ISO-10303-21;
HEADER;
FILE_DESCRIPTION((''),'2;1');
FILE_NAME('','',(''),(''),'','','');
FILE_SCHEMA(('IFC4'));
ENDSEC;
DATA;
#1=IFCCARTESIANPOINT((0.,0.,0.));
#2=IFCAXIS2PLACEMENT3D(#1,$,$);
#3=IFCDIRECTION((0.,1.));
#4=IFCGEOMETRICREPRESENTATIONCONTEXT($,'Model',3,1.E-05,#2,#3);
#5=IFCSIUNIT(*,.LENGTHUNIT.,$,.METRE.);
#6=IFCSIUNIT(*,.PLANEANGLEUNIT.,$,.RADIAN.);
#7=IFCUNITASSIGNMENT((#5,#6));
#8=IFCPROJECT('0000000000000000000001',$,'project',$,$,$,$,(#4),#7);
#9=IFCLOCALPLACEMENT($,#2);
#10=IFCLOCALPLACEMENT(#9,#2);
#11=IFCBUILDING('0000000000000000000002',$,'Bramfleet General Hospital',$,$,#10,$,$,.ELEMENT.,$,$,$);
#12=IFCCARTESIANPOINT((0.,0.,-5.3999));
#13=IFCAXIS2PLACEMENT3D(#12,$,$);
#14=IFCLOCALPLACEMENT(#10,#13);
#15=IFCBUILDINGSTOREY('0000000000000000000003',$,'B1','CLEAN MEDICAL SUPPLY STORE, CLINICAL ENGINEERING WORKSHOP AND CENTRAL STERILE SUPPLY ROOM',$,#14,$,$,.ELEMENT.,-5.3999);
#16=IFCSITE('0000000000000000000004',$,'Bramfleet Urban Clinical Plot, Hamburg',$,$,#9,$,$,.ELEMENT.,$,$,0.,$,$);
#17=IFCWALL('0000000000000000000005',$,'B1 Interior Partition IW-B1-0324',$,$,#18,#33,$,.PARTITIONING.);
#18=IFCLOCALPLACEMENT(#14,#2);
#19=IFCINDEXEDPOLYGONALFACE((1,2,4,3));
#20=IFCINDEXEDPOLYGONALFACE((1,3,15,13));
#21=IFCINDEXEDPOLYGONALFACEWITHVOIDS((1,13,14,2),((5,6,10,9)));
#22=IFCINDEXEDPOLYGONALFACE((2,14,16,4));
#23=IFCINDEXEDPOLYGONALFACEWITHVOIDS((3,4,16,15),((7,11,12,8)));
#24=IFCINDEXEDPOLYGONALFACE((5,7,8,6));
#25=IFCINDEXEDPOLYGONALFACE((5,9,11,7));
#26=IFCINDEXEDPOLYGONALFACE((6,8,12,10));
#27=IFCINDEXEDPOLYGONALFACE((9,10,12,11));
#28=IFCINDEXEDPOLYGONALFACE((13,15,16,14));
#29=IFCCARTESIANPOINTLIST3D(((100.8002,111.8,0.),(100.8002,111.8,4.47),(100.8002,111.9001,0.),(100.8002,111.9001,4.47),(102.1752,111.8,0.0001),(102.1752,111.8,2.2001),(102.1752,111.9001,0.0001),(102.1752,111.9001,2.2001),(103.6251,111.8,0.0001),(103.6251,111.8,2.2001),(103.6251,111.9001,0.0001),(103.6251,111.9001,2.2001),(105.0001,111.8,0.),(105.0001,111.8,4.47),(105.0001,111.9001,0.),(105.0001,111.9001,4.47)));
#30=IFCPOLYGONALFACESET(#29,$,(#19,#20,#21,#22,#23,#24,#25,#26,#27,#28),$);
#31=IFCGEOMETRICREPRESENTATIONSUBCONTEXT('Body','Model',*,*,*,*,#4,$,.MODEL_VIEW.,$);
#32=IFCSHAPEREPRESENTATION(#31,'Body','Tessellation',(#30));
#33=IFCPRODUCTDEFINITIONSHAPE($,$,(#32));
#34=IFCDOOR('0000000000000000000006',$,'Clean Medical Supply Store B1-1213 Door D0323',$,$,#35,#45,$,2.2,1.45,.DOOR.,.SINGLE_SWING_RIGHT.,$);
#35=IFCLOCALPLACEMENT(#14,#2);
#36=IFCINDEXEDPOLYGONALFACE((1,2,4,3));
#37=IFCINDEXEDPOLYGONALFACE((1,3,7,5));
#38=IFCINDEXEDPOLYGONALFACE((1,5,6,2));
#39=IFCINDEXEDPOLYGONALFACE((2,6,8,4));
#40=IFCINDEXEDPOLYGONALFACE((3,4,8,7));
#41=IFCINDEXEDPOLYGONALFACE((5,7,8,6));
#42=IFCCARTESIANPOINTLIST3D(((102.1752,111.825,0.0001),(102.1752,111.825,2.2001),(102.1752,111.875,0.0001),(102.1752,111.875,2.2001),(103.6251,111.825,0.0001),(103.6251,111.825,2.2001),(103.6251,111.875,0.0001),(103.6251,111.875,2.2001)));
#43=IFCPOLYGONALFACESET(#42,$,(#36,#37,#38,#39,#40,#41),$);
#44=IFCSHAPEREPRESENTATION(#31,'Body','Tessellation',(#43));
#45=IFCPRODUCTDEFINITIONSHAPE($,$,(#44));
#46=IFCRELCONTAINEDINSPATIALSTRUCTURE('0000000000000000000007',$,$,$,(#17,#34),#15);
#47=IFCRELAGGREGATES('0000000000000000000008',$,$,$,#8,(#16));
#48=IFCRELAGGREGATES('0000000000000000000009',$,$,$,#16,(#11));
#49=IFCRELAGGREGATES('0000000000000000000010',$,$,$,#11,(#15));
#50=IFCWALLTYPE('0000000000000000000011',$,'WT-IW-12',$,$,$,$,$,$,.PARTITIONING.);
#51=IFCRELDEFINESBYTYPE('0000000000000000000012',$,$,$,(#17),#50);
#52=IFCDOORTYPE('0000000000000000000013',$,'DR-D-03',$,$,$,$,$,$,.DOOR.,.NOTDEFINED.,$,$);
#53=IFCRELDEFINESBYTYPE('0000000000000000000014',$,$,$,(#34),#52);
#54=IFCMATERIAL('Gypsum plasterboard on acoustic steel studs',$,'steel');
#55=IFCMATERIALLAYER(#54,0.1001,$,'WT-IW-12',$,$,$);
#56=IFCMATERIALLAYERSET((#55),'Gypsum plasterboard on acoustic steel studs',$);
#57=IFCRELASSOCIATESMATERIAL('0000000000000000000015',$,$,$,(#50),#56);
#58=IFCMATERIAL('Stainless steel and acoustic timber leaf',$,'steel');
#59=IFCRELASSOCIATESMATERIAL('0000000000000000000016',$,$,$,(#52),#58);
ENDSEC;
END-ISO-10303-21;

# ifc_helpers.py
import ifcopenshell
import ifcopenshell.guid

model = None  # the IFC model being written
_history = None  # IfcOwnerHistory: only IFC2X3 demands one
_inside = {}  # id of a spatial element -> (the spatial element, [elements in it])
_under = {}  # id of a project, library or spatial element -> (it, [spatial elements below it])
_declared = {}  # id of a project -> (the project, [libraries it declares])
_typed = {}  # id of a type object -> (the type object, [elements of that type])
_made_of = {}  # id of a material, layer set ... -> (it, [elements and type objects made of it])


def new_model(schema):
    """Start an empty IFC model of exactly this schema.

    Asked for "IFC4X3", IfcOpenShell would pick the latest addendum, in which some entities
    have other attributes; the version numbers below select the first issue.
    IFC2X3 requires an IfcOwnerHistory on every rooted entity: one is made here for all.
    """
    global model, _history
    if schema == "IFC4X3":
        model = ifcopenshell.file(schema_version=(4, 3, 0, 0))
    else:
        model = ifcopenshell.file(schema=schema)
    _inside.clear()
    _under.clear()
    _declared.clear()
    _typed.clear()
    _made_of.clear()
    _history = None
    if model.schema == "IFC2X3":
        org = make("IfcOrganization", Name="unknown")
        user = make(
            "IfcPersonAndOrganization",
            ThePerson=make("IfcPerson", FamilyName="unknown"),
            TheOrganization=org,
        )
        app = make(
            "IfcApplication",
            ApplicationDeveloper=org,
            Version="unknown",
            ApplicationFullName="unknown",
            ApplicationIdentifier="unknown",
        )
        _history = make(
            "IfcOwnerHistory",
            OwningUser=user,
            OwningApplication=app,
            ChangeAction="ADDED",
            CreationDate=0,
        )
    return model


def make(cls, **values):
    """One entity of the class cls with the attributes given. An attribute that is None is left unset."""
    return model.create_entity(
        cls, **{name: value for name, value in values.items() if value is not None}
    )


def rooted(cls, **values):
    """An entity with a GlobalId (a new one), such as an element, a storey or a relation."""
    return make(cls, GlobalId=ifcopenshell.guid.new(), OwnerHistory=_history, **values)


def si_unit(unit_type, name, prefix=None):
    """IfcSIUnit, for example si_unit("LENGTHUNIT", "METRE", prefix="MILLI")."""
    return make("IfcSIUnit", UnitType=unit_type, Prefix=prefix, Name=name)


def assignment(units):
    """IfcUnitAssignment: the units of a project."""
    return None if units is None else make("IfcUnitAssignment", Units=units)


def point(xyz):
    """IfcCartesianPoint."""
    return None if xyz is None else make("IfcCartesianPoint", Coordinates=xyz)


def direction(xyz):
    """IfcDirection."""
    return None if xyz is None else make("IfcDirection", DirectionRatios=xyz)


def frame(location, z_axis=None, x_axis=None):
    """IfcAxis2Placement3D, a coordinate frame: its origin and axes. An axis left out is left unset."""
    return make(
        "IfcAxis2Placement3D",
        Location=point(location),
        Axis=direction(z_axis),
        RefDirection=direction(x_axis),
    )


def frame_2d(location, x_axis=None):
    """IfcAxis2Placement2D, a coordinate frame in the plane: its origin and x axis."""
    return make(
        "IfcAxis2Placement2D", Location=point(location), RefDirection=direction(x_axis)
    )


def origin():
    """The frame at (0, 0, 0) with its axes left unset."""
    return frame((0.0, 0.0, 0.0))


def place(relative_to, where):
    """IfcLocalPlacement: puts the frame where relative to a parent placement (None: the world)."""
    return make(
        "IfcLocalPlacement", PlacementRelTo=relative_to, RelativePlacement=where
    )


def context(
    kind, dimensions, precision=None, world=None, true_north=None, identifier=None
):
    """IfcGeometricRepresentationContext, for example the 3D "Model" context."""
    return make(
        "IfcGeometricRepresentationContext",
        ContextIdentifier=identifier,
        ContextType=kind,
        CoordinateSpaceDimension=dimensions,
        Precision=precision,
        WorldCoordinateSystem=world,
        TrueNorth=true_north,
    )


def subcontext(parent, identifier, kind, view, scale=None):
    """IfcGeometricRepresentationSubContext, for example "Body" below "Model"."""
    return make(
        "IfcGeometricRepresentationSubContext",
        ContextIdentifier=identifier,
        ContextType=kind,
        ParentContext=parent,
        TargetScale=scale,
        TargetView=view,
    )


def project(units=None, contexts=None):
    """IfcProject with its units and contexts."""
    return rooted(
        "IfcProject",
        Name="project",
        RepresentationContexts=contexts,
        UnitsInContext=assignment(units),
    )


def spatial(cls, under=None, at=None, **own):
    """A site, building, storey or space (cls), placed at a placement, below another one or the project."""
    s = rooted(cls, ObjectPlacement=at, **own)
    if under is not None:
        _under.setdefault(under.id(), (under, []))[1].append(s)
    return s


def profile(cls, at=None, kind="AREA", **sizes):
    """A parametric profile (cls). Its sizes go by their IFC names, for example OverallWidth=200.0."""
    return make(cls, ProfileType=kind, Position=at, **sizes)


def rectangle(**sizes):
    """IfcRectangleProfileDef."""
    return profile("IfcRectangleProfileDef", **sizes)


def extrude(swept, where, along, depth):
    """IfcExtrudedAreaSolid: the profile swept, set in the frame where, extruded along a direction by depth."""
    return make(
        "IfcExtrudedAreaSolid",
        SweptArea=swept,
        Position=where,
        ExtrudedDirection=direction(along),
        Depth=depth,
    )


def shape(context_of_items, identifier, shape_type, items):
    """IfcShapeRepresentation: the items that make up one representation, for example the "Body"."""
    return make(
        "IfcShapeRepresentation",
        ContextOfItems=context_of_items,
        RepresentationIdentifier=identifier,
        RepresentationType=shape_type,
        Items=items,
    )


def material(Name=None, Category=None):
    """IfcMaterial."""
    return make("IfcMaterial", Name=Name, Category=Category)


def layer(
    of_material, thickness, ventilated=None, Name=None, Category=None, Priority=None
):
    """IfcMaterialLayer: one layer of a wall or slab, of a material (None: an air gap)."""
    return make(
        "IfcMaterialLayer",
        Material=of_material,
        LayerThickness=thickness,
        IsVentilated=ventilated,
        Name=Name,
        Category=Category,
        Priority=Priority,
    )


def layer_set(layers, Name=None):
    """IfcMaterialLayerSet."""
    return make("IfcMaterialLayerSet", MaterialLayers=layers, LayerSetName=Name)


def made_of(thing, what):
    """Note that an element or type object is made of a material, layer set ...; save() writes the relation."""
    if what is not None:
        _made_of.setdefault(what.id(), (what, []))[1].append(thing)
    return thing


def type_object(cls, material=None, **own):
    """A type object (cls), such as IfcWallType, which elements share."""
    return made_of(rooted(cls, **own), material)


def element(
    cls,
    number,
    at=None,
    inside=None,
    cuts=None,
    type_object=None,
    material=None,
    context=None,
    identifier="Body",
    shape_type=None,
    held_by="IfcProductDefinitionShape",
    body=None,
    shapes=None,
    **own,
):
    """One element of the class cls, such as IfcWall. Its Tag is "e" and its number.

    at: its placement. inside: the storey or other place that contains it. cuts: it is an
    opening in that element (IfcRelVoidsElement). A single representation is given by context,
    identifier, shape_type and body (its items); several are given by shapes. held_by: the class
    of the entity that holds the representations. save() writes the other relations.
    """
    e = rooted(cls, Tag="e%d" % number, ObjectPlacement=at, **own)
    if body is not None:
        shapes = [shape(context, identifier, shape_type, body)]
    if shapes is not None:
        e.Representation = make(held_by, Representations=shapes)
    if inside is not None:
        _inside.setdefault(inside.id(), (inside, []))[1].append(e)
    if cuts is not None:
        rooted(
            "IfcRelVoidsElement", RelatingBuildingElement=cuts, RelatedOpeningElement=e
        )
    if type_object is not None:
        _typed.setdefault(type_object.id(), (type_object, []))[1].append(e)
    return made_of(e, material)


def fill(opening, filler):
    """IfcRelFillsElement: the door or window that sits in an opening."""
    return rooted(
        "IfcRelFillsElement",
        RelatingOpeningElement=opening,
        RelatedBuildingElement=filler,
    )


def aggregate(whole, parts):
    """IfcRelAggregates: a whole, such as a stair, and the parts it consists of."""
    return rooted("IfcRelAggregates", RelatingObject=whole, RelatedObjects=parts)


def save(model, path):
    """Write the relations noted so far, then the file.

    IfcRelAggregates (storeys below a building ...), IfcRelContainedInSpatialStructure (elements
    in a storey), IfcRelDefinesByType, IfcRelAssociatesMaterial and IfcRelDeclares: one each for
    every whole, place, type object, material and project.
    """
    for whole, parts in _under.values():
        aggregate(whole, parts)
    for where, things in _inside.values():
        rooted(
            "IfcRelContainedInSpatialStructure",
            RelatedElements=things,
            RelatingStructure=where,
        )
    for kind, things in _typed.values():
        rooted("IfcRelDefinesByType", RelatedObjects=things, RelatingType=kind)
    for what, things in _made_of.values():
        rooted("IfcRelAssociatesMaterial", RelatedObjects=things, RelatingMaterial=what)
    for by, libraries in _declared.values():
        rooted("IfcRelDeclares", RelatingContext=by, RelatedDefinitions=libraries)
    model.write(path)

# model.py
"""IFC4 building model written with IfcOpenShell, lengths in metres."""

from ifc_helpers import new_model, si_unit, direction, frame, frame_2d, origin, place, context, subcontext, project, spatial, rectangle, extrude, material, layer, layer_set, type_object, element, fill, save


model = new_model("IFC4")

# Units and contexts
model_context = context("Model", 3, precision=1e-05, world=origin(), true_north=direction((0.0, 1.0)))
body_context = subcontext(model_context, "Body", "Model", "MODEL_VIEW")
ifc_project = project(units=[si_unit("LENGTHUNIT", "METRE"), si_unit("PLANEANGLEUNIT", "RADIAN")], contexts=[model_context])

# Site, building, storey
site_placement = place(None, origin())
site = spatial("IfcSite", under=ifc_project, at=site_placement, Name="Bramfleet Urban Clinical Plot, Hamburg", CompositionType="ELEMENT", RefElevation=0.0)
building_placement = place(site_placement, origin())
building = spatial("IfcBuilding", under=site, at=building_placement, Name="Bramfleet General Hospital", CompositionType="ELEMENT")
storey_placement = place(building_placement, frame((0.0, 0.0, -5.3999)))
storey = spatial("IfcBuildingStorey", under=building, at=storey_placement, Name="B1", Description="CLEAN MEDICAL SUPPLY STORE, CLINICAL ENGINEERING WORKSHOP AND CENTRAL STERILE SUPPLY ROOM", CompositionType="ELEMENT", Elevation=-5.3999)

# Shared definitions
ifc_material_1 = material(Name="Stainless steel and acoustic timber leaf", Category="steel")

# Shared definitions
ifc_material_2 = material(Name="Gypsum plasterboard on acoustic steel studs", Category="steel")

# Wall, opening, door
ifc_layer_1 = layer(ifc_material_2, 0.1001, Name="WT-IW-12")
ifc_layer_set_1 = layer_set([ifc_layer_1], Name="Gypsum plasterboard on acoustic steel studs")
wall_type_1 = type_object("IfcWallType", Name="WT-IW-12", PredefinedType="PARTITIONING", material=ifc_layer_set_1)
wall_1_placement = place(storey_placement, frame((100.8, 111.8501, 0.0), z_axis=(0.0, 0.0, 1.0), x_axis=(1.0, 0.0, 0.0)))
wall_1 = element("IfcWall", 1, at=wall_1_placement, inside=storey, type_object=wall_type_1, Name="B1 Interior Partition IW-B1-0324", PredefinedType="PARTITIONING", context=body_context, shape_type="SweptSolid", body=[
    extrude(rectangle(XDim=4.2, YDim=0.1001, at=frame_2d((2.1001, 0.0))), origin(), (0.0, 0.0, 1.0), 4.47),
])
opening_1_placement = place(wall_1_placement, frame((1.375, 0.0, 0.0)))
opening_1 = element("IfcOpeningElement", 2, at=opening_1_placement, cuts=wall_1, PredefinedType="OPENING", context=body_context, shape_type="SweptSolid", body=[
    extrude(rectangle(XDim=1.45, YDim=2.2, at=frame_2d((0.7251, 1.1001))), frame((0.0, 0.0601, 0.0), z_axis=(0.0, -1.0, 0.0), x_axis=(1.0, 0.0, 0.0)), (0.0, 0.0, 1.0), 0.1201),
])
door_type_1 = type_object("IfcDoorType", Name="DR-D-03", OperationType="NOTDEFINED", PredefinedType="DOOR", material=ifc_material_1)
door_1_placement = place(opening_1_placement, origin())
door_1 = element("IfcDoor", 3, at=door_1_placement, inside=storey, type_object=door_type_1, Name="Clean Medical Supply Store B1-1213 Door D0323", OperationType="SINGLE_SWING_RIGHT", OverallHeight=2.2, OverallWidth=1.45, PredefinedType="DOOR", context=body_context, shape_type="SweptSolid", body=[
    extrude(rectangle(XDim=1.45, YDim=2.2, at=frame_2d((0.7251, 1.1001))), frame((0.0, 0.0249, 0.0), z_axis=(0.0, -1.0, 0.0), x_axis=(1.0, 0.0, 0.0)), (0.0, 0.0, 1.0), 0.05),
])
fill(opening_1, door_1)

save(model, "model.ifc")
